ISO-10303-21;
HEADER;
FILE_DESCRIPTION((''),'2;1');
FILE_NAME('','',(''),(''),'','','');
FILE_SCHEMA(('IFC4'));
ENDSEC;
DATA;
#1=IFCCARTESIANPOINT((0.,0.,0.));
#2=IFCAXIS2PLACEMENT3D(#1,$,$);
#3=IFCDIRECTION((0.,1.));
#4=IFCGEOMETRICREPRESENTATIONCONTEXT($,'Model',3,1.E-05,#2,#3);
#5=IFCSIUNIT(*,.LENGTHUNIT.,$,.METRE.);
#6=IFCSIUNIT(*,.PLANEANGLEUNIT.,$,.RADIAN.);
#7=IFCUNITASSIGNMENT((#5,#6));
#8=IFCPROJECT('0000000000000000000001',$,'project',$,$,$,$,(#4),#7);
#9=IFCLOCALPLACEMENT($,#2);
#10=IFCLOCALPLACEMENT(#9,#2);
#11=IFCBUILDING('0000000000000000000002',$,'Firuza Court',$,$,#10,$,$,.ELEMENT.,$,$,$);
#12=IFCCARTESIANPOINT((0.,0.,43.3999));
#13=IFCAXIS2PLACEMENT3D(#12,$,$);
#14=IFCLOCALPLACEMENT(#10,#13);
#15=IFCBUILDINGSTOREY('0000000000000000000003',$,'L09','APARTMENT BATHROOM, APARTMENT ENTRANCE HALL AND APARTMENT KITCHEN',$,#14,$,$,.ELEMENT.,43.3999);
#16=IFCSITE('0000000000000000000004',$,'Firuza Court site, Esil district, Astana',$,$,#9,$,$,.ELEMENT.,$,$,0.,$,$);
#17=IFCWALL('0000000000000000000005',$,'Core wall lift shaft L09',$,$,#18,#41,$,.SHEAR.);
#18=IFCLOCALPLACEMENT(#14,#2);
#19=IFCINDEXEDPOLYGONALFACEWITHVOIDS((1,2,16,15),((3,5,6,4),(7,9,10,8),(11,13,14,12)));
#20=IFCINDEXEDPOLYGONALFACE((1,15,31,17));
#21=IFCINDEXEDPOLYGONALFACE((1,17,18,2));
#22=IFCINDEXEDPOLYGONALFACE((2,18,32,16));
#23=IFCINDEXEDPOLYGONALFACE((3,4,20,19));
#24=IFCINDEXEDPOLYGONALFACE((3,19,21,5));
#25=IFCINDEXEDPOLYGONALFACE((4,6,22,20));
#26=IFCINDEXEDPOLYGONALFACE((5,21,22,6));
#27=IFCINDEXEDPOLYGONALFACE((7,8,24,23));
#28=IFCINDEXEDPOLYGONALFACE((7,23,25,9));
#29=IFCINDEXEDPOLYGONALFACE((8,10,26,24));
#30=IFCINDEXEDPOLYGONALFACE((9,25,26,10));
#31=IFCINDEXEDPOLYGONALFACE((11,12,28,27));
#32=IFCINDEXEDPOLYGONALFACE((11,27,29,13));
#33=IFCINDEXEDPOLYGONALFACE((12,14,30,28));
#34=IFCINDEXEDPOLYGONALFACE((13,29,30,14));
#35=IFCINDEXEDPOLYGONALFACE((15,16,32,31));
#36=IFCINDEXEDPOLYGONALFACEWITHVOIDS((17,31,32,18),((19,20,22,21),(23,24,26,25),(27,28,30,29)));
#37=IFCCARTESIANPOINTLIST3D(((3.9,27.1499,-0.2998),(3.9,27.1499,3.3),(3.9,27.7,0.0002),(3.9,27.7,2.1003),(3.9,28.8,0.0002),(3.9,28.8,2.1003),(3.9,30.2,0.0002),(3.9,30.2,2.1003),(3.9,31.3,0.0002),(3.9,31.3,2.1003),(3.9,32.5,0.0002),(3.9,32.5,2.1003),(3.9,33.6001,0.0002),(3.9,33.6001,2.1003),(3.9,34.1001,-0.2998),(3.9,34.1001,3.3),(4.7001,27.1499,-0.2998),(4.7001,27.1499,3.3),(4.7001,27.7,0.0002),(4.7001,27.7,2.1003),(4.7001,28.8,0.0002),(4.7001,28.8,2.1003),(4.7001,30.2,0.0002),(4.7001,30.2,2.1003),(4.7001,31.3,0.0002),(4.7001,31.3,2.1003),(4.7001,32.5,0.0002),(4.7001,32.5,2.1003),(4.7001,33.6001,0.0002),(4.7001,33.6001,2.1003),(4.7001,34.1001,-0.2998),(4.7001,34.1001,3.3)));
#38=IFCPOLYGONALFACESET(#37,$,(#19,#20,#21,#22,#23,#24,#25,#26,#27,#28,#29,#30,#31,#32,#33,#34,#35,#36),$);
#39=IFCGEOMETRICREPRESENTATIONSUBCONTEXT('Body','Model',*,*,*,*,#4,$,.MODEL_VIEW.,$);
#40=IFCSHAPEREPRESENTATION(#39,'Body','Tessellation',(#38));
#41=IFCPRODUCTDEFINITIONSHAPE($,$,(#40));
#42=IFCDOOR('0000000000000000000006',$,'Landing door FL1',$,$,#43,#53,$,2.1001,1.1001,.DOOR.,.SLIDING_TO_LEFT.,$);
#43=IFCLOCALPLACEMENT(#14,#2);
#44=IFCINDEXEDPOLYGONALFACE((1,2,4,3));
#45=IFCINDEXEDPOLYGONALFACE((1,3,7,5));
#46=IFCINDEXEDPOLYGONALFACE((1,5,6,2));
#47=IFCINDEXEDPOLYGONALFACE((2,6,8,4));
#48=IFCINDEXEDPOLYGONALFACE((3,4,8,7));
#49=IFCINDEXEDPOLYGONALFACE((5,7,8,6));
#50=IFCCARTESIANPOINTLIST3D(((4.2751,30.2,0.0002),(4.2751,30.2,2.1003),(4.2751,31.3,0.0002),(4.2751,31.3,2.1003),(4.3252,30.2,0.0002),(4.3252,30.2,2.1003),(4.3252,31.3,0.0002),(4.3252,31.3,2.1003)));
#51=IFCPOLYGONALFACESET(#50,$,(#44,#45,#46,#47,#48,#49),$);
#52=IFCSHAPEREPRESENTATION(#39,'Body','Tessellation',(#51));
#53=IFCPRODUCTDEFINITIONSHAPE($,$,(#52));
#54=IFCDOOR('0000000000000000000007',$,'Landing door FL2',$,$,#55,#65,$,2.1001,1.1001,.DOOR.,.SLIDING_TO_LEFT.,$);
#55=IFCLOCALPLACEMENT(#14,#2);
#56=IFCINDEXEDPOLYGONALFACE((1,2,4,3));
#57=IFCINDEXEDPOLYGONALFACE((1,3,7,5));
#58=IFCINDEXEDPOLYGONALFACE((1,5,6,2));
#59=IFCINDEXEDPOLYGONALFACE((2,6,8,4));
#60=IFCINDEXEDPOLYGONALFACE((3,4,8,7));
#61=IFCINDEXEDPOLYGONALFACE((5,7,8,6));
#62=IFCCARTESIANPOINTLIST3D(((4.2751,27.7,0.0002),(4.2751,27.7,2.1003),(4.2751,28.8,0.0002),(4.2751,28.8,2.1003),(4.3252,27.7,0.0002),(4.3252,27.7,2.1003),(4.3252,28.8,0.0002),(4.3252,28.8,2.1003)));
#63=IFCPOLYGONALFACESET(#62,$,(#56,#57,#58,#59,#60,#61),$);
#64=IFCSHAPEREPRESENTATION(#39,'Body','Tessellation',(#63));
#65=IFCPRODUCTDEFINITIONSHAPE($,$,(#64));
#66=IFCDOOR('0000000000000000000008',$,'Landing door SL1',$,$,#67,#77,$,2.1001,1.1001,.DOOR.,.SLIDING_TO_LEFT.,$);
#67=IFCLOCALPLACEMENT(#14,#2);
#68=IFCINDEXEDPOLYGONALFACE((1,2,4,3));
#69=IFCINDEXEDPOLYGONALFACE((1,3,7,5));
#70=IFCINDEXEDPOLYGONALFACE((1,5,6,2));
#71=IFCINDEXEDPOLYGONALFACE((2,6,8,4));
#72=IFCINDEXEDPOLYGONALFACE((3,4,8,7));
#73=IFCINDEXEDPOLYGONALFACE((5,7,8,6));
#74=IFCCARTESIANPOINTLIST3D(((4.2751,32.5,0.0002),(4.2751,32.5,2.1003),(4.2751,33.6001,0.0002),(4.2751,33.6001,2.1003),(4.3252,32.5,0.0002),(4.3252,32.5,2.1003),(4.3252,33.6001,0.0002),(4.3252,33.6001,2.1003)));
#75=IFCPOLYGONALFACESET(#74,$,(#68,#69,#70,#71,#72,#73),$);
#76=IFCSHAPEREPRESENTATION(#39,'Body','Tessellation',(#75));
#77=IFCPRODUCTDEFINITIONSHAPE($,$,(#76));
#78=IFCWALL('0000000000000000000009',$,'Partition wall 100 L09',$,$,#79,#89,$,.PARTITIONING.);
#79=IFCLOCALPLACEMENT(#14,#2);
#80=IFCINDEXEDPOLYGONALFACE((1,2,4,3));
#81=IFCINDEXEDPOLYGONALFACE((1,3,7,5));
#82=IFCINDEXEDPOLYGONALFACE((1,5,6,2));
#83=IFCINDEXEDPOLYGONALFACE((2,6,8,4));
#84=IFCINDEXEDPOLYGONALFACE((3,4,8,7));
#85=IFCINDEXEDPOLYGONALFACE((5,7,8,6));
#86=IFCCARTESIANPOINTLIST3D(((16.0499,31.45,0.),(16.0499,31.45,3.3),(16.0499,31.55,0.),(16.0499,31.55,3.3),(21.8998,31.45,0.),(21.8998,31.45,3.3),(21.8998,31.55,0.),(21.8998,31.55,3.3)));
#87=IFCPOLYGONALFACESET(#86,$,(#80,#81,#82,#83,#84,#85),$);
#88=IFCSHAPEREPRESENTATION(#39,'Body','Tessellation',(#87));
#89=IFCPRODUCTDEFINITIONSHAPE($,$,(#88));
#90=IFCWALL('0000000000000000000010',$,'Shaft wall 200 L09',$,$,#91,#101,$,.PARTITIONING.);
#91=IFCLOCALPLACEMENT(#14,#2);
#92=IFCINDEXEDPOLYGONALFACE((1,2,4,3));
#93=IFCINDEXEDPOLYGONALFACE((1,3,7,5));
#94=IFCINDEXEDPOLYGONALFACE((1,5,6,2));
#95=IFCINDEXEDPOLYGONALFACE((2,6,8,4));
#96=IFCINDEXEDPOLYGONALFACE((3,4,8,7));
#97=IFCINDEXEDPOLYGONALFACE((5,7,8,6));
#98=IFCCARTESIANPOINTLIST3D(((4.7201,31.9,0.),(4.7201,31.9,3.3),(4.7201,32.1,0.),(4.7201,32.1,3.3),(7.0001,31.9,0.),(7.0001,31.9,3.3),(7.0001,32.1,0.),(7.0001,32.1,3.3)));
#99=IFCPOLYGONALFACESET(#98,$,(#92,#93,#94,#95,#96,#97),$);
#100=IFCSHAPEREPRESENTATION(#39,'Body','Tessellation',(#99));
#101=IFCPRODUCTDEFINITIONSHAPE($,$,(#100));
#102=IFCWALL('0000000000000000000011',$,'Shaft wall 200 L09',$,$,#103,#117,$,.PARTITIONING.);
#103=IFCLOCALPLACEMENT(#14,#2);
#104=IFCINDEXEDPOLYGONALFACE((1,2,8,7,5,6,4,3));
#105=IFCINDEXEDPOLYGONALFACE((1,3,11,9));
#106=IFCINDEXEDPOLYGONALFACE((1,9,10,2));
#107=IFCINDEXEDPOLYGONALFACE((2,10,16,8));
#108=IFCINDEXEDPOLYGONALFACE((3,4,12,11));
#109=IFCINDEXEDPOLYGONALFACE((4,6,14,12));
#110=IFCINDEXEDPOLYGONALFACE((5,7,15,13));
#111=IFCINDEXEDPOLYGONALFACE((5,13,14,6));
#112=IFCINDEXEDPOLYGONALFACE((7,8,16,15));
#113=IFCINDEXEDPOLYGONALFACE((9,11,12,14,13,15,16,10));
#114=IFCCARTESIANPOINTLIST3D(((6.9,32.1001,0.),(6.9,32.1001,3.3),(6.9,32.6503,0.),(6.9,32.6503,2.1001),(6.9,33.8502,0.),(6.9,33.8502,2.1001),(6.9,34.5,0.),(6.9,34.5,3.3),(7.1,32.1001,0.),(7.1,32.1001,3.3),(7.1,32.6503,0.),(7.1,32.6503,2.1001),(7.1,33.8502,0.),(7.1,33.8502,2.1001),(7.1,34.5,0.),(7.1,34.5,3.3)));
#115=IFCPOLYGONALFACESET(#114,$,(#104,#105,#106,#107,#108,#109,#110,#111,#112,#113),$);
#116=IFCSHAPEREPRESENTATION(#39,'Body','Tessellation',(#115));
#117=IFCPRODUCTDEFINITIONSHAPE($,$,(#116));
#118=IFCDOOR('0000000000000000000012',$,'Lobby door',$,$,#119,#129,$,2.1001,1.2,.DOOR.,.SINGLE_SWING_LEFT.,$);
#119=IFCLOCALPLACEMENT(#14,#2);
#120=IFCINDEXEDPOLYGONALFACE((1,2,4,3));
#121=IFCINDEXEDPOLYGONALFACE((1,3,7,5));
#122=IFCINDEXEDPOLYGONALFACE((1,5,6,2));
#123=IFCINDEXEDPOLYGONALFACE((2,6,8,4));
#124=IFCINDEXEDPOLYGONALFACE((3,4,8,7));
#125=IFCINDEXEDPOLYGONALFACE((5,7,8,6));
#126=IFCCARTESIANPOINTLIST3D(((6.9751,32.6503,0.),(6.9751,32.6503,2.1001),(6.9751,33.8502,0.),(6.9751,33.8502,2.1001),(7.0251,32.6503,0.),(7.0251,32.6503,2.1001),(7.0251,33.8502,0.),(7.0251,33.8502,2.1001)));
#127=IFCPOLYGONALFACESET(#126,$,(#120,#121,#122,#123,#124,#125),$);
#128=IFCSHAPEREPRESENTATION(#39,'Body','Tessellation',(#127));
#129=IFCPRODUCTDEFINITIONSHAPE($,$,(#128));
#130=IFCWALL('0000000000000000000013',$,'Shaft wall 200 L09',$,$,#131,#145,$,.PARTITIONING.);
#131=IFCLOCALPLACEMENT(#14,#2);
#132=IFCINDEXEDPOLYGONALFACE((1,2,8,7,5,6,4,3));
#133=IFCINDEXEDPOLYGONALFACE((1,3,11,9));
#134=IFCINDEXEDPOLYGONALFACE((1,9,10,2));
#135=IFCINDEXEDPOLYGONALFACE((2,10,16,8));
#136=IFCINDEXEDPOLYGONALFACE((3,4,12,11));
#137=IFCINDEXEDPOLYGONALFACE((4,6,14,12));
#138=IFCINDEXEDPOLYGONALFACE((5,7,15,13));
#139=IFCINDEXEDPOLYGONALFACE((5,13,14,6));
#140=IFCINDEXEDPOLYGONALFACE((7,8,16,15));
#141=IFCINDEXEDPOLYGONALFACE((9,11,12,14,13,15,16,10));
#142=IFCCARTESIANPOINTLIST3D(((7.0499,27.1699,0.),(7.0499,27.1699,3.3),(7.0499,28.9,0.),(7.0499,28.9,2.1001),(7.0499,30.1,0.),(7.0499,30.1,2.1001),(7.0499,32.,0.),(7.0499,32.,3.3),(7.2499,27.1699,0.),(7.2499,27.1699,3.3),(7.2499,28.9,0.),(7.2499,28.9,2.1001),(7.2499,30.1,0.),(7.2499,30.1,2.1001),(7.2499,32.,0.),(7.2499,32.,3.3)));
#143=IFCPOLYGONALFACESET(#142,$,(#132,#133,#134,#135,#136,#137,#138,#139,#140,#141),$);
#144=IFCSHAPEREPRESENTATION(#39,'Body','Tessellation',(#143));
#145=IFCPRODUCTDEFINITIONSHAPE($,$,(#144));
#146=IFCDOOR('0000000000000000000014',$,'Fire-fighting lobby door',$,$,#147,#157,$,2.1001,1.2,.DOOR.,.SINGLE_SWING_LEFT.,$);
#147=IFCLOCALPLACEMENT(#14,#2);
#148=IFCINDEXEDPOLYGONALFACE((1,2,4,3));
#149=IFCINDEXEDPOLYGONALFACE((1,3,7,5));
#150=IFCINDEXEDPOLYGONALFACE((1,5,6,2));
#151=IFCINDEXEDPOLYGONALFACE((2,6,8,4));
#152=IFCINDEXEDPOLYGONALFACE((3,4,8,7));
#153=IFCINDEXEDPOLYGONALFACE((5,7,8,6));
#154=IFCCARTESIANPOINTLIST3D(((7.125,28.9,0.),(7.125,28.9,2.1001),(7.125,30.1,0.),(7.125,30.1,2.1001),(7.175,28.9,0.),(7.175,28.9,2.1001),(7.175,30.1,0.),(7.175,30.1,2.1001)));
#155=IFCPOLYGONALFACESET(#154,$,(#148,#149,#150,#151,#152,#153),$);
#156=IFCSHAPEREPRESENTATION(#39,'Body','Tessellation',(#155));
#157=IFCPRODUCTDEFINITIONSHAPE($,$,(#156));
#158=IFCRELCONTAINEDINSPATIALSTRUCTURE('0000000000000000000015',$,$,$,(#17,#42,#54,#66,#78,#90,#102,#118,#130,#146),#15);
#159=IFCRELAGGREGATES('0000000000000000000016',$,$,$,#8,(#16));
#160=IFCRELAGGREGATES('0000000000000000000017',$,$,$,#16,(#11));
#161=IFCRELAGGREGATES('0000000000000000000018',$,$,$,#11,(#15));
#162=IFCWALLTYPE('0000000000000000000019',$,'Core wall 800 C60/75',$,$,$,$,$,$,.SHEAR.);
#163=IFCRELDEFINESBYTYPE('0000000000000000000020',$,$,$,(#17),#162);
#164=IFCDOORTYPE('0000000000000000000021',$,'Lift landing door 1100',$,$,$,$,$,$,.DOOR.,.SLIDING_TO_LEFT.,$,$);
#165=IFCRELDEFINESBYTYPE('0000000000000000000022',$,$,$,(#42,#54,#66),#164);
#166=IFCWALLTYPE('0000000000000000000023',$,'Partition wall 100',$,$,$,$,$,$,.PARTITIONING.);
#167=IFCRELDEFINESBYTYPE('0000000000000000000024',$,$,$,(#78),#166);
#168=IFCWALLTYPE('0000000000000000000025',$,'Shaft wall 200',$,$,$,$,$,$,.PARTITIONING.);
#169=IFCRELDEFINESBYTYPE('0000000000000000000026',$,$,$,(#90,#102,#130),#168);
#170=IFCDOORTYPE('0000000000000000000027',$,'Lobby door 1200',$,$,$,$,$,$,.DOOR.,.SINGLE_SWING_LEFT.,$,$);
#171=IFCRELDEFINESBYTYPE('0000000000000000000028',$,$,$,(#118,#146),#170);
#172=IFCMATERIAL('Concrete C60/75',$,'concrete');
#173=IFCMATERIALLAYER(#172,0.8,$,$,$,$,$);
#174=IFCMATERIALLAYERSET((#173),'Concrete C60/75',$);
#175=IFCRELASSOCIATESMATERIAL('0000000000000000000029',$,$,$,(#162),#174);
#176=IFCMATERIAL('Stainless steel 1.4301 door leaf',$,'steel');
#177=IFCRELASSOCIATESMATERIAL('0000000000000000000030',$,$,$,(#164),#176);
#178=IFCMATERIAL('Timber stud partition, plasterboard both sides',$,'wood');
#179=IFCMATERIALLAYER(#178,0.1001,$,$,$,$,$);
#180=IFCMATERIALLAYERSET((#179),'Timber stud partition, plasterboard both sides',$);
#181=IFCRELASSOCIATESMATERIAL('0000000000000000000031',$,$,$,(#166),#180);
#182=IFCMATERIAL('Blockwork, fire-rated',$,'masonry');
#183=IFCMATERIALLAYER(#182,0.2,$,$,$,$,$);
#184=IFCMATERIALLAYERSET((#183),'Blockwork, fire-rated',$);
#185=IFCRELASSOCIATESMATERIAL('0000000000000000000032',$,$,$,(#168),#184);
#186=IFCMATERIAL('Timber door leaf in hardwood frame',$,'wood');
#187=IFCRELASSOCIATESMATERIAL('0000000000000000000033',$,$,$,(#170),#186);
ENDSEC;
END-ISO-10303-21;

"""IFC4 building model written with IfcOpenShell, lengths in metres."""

from ifc_helpers import new_model, si_unit, direction, frame, frame_2d, origin, place, context, subcontext, project, spatial, rectangle, extrude, material, layer, layer_set, type_object, element, fill, save


model = new_model("IFC4")

# Units and contexts
model_context = context("Model", 3, precision=1e-05, world=origin(), true_north=direction((0.0, 1.0)))
body_context = subcontext(model_context, "Body", "Model", "MODEL_VIEW")
ifc_project = project(units=[si_unit("LENGTHUNIT", "METRE"), si_unit("PLANEANGLEUNIT", "RADIAN")], contexts=[model_context])

# Site, building, storey
site_placement = place(None, origin())
site = spatial("IfcSite", under=ifc_project, at=site_placement, Name="Firuza Court site, Esil district, Astana", CompositionType="ELEMENT", RefElevation=0.0)
building_placement = place(site_placement, origin())
building = spatial("IfcBuilding", under=site, at=building_placement, Name="Firuza Court", CompositionType="ELEMENT")
storey_placement = place(building_placement, frame((0.0, 0.0, 43.3999)))
storey = spatial("IfcBuildingStorey", under=building, at=storey_placement, Name="L09", Description="APARTMENT BATHROOM, APARTMENT ENTRANCE HALL AND APARTMENT KITCHEN", CompositionType="ELEMENT", Elevation=43.3999)

# Shared definitions
ifc_material_1 = material(Name="Concrete C60/75", Category="concrete")

# Shared definitions
ifc_layer_1 = layer(ifc_material_1, 0.8)
ifc_layer_set_1 = layer_set([ifc_layer_1], Name="Concrete C60/75")
wall_type_1 = type_object("IfcWallType", Name="Core wall 800 C60/75", PredefinedType="SHEAR", material=ifc_layer_set_1)

# Wall, openings, doors
wall_1_placement = place(storey_placement, frame((4.3, 27.1499, -0.2998), z_axis=(0.0, 0.0, 1.0), x_axis=(0.0, 1.0, 0.0)))
wall_1 = element("IfcWall", 1, at=wall_1_placement, inside=storey, type_object=wall_type_1, Name="Core wall lift shaft L09", PredefinedType="SHEAR", context=body_context, shape_type="SweptSolid", body=[
    extrude(rectangle(XDim=6.9502, YDim=0.8, at=frame_2d((3.4751, 0.0))), origin(), (0.0, 0.0, 1.0), 3.5999),
])
opening_1_placement = place(wall_1_placement, frame((3.05, 0.0, 0.3)))
opening_1 = element("IfcOpeningElement", 2, at=opening_1_placement, cuts=wall_1, PredefinedType="OPENING", context=body_context, shape_type="SweptSolid", body=[
    extrude(rectangle(XDim=1.1001, YDim=2.1001, at=frame_2d((0.55, 1.05))), frame((0.0, 0.4121, 0.0), z_axis=(0.0, -1.0, 0.0), x_axis=(1.0, 0.0, 0.0)), (0.0, 0.0, 1.0), 0.824),
])
opening_2_placement = place(wall_1_placement, frame((0.55, 0.0, 0.3)))
opening_2 = element("IfcOpeningElement", 3, at=opening_2_placement, cuts=wall_1, PredefinedType="OPENING", context=body_context, shape_type="SweptSolid", body=[
    extrude(rectangle(XDim=1.1001, YDim=2.1001, at=frame_2d((0.55, 1.05))), frame((0.0, 0.4121, 0.0), z_axis=(0.0, -1.0, 0.0), x_axis=(1.0, 0.0, 0.0)), (0.0, 0.0, 1.0), 0.824),
])
opening_3_placement = place(wall_1_placement, frame((5.3501, 0.0, 0.3)))
opening_3 = element("IfcOpeningElement", 4, at=opening_3_placement, cuts=wall_1, PredefinedType="OPENING", context=body_context, shape_type="SweptSolid", body=[
    extrude(rectangle(XDim=1.1001, YDim=2.1001, at=frame_2d((0.55, 1.05))), frame((0.0, 0.4121, 0.0), z_axis=(0.0, -1.0, 0.0), x_axis=(1.0, 0.0, 0.0)), (0.0, 0.0, 1.0), 0.824),
])
ifc_material_2 = material(Name="Stainless steel 1.4301 door leaf", Category="steel")
door_type_1 = type_object("IfcDoorType", Name="Lift landing door 1100", OperationType="SLIDING_TO_LEFT", PredefinedType="DOOR", material=ifc_material_2)
door_1_placement = place(opening_1_placement, origin())
door_1 = element("IfcDoor", 5, at=door_1_placement, inside=storey, type_object=door_type_1, Name="Landing door FL1", OperationType="SLIDING_TO_LEFT", OverallHeight=2.1001, OverallWidth=1.1001, PredefinedType="DOOR", context=body_context, shape_type="SweptSolid", body=[
    extrude(rectangle(XDim=1.1001, YDim=2.1001, at=frame_2d((0.55, 1.05))), frame((0.0, 0.0249, 0.0), z_axis=(0.0, -1.0, 0.0), x_axis=(1.0, 0.0, 0.0)), (0.0, 0.0, 1.0), 0.05),
])
fill(opening_1, door_1)
door_2_placement = place(opening_2_placement, origin())
door_2 = element("IfcDoor", 6, at=door_2_placement, inside=storey, type_object=door_type_1, Name="Landing door FL2", OperationType="SLIDING_TO_LEFT", OverallHeight=2.1001, OverallWidth=1.1001, PredefinedType="DOOR", context=body_context, shape_type="SweptSolid", body=[
    extrude(rectangle(XDim=1.1001, YDim=2.1001, at=frame_2d((0.55, 1.05))), frame((0.0, 0.0249, 0.0), z_axis=(0.0, -1.0, 0.0), x_axis=(1.0, 0.0, 0.0)), (0.0, 0.0, 1.0), 0.05),
])
fill(opening_2, door_2)
door_3_placement = place(opening_3_placement, origin())
door_3 = element("IfcDoor", 7, at=door_3_placement, inside=storey, type_object=door_type_1, Name="Landing door SL1", OperationType="SLIDING_TO_LEFT", OverallHeight=2.1001, OverallWidth=1.1001, PredefinedType="DOOR", context=body_context, shape_type="SweptSolid", body=[
    extrude(rectangle(XDim=1.1001, YDim=2.1001, at=frame_2d((0.55, 1.05))), frame((0.0, 0.0249, 0.0), z_axis=(0.0, -1.0, 0.0), x_axis=(1.0, 0.0, 0.0)), (0.0, 0.0, 1.0), 0.05),
])
fill(opening_3, door_3)

# Walls
ifc_material_3 = material(Name="Timber stud partition, plasterboard both sides", Category="wood")
ifc_layer_2 = layer(ifc_material_3, 0.1001)
ifc_layer_set_2 = layer_set([ifc_layer_2], Name="Timber stud partition, plasterboard both sides")
wall_type_2 = type_object("IfcWallType", Name="Partition wall 100", PredefinedType="PARTITIONING", material=ifc_layer_set_2)
wall_2_placement = place(storey_placement, frame((16.05, 31.5, 0.0), z_axis=(0.0, 0.0, 1.0), x_axis=(1.0, 0.0, 0.0)))
element("IfcWall", 8, at=wall_2_placement, inside=storey, type_object=wall_type_2, Name="Partition wall 100 L09", PredefinedType="PARTITIONING", context=body_context, shape_type="SweptSolid", body=[
    extrude(rectangle(XDim=5.8499, YDim=0.1001, at=frame_2d((2.9248, 0.0))), origin(), (0.0, 0.0, 1.0), 3.3),
])
ifc_material_4 = material(Name="Blockwork, fire-rated", Category="masonry")
ifc_layer_3 = layer(ifc_material_4, 0.2)
ifc_layer_set_3 = layer_set([ifc_layer_3], Name="Blockwork, fire-rated")
wall_type_3 = type_object("IfcWallType", Name="Shaft wall 200", PredefinedType="PARTITIONING", material=ifc_layer_set_3)
wall_3_placement = place(storey_placement, frame((4.72, 32.0, 0.0), z_axis=(0.0, 0.0, 1.0), x_axis=(1.0, 0.0, 0.0)))
element("IfcWall", 9, at=wall_3_placement, inside=storey, type_object=wall_type_3, Name="Shaft wall 200 L09", PredefinedType="PARTITIONING", context=body_context, shape_type="SweptSolid", body=[
    extrude(rectangle(XDim=2.28, YDim=0.2, at=frame_2d((1.1401, 0.0))), origin(), (0.0, 0.0, 1.0), 3.3),
])

# Walls, openings, doors
wall_4_placement = place(storey_placement, frame((7.0, 32.1001, 0.0), z_axis=(0.0, 0.0, 1.0), x_axis=(0.0, 1.0, 0.0)))
wall_4 = element("IfcWall", 10, at=wall_4_placement, inside=storey, type_object=wall_type_3, Name="Shaft wall 200 L09", PredefinedType="PARTITIONING", context=body_context, shape_type="SweptSolid", body=[
    extrude(rectangle(XDim=2.3999, YDim=0.2, at=frame_2d((1.2, 0.0))), origin(), (0.0, 0.0, 1.0), 3.3),
])
opening_4_placement = place(wall_4_placement, frame((0.55, 0.0, 0.0)))
opening_4 = element("IfcOpeningElement", 11, at=opening_4_placement, cuts=wall_4, PredefinedType="OPENING", context=body_context, shape_type="SweptSolid", body=[
    extrude(rectangle(XDim=1.2, YDim=2.1001, at=frame_2d((0.6001, 1.05))), frame((0.0, 0.1118, 0.0), z_axis=(0.0, -1.0, 0.0), x_axis=(1.0, 0.0, 0.0)), (0.0, 0.0, 1.0), 0.2239),
])
ifc_material_5 = material(Name="Timber door leaf in hardwood frame", Category="wood")
door_type_2 = type_object("IfcDoorType", Name="Lobby door 1200", OperationType="SINGLE_SWING_LEFT", PredefinedType="DOOR", material=ifc_material_5)
door_4_placement = place(opening_4_placement, origin())
door_4 = element("IfcDoor", 12, at=door_4_placement, inside=storey, type_object=door_type_2, Name="Lobby door", OperationType="SINGLE_SWING_LEFT", OverallHeight=2.1001, OverallWidth=1.2, PredefinedType="DOOR", context=body_context, shape_type="SweptSolid", body=[
    extrude(rectangle(XDim=1.2, YDim=2.1001, at=frame_2d((0.6001, 1.05))), frame((0.0, 0.0249, 0.0), z_axis=(0.0, -1.0, 0.0), x_axis=(1.0, 0.0, 0.0)), (0.0, 0.0, 1.0), 0.05),
])
fill(opening_4, door_4)
wall_5_placement = place(storey_placement, frame((7.1499, 27.1699, 0.0), z_axis=(0.0, 0.0, 1.0), x_axis=(0.0, 1.0, 0.0)))
wall_5 = element("IfcWall", 13, at=wall_5_placement, inside=storey, type_object=wall_type_3, Name="Shaft wall 200 L09", PredefinedType="PARTITIONING", context=body_context, shape_type="SweptSolid", body=[
    extrude(rectangle(XDim=4.8301, YDim=0.2, at=frame_2d((2.415, 0.0))), origin(), (0.0, 0.0, 1.0), 3.3),
])
opening_5_placement = place(wall_5_placement, frame((1.73, 0.0, 0.0)))
opening_5 = element("IfcOpeningElement", 14, at=opening_5_placement, cuts=wall_5, PredefinedType="OPENING", context=body_context, shape_type="SweptSolid", body=[
    extrude(rectangle(XDim=1.2, YDim=2.1001, at=frame_2d((0.6001, 1.05))), frame((0.0, 0.1118, 0.0), z_axis=(0.0, -1.0, 0.0), x_axis=(1.0, 0.0, 0.0)), (0.0, 0.0, 1.0), 0.2239),
])
door_5_placement = place(opening_5_placement, origin())
door_5 = element("IfcDoor", 15, at=door_5_placement, inside=storey, type_object=door_type_2, Name="Fire-fighting lobby door", OperationType="SINGLE_SWING_LEFT", OverallHeight=2.1001, OverallWidth=1.2, PredefinedType="DOOR", context=body_context, shape_type="SweptSolid", body=[
    extrude(rectangle(XDim=1.2, YDim=2.1001, at=frame_2d((0.6001, 1.05))), frame((0.0, 0.0249, 0.0), z_axis=(0.0, -1.0, 0.0), x_axis=(1.0, 0.0, 0.0)), (0.0, 0.0, 1.0), 0.05),
])
fill(opening_5, door_5)

save(model, "model.ifc")
